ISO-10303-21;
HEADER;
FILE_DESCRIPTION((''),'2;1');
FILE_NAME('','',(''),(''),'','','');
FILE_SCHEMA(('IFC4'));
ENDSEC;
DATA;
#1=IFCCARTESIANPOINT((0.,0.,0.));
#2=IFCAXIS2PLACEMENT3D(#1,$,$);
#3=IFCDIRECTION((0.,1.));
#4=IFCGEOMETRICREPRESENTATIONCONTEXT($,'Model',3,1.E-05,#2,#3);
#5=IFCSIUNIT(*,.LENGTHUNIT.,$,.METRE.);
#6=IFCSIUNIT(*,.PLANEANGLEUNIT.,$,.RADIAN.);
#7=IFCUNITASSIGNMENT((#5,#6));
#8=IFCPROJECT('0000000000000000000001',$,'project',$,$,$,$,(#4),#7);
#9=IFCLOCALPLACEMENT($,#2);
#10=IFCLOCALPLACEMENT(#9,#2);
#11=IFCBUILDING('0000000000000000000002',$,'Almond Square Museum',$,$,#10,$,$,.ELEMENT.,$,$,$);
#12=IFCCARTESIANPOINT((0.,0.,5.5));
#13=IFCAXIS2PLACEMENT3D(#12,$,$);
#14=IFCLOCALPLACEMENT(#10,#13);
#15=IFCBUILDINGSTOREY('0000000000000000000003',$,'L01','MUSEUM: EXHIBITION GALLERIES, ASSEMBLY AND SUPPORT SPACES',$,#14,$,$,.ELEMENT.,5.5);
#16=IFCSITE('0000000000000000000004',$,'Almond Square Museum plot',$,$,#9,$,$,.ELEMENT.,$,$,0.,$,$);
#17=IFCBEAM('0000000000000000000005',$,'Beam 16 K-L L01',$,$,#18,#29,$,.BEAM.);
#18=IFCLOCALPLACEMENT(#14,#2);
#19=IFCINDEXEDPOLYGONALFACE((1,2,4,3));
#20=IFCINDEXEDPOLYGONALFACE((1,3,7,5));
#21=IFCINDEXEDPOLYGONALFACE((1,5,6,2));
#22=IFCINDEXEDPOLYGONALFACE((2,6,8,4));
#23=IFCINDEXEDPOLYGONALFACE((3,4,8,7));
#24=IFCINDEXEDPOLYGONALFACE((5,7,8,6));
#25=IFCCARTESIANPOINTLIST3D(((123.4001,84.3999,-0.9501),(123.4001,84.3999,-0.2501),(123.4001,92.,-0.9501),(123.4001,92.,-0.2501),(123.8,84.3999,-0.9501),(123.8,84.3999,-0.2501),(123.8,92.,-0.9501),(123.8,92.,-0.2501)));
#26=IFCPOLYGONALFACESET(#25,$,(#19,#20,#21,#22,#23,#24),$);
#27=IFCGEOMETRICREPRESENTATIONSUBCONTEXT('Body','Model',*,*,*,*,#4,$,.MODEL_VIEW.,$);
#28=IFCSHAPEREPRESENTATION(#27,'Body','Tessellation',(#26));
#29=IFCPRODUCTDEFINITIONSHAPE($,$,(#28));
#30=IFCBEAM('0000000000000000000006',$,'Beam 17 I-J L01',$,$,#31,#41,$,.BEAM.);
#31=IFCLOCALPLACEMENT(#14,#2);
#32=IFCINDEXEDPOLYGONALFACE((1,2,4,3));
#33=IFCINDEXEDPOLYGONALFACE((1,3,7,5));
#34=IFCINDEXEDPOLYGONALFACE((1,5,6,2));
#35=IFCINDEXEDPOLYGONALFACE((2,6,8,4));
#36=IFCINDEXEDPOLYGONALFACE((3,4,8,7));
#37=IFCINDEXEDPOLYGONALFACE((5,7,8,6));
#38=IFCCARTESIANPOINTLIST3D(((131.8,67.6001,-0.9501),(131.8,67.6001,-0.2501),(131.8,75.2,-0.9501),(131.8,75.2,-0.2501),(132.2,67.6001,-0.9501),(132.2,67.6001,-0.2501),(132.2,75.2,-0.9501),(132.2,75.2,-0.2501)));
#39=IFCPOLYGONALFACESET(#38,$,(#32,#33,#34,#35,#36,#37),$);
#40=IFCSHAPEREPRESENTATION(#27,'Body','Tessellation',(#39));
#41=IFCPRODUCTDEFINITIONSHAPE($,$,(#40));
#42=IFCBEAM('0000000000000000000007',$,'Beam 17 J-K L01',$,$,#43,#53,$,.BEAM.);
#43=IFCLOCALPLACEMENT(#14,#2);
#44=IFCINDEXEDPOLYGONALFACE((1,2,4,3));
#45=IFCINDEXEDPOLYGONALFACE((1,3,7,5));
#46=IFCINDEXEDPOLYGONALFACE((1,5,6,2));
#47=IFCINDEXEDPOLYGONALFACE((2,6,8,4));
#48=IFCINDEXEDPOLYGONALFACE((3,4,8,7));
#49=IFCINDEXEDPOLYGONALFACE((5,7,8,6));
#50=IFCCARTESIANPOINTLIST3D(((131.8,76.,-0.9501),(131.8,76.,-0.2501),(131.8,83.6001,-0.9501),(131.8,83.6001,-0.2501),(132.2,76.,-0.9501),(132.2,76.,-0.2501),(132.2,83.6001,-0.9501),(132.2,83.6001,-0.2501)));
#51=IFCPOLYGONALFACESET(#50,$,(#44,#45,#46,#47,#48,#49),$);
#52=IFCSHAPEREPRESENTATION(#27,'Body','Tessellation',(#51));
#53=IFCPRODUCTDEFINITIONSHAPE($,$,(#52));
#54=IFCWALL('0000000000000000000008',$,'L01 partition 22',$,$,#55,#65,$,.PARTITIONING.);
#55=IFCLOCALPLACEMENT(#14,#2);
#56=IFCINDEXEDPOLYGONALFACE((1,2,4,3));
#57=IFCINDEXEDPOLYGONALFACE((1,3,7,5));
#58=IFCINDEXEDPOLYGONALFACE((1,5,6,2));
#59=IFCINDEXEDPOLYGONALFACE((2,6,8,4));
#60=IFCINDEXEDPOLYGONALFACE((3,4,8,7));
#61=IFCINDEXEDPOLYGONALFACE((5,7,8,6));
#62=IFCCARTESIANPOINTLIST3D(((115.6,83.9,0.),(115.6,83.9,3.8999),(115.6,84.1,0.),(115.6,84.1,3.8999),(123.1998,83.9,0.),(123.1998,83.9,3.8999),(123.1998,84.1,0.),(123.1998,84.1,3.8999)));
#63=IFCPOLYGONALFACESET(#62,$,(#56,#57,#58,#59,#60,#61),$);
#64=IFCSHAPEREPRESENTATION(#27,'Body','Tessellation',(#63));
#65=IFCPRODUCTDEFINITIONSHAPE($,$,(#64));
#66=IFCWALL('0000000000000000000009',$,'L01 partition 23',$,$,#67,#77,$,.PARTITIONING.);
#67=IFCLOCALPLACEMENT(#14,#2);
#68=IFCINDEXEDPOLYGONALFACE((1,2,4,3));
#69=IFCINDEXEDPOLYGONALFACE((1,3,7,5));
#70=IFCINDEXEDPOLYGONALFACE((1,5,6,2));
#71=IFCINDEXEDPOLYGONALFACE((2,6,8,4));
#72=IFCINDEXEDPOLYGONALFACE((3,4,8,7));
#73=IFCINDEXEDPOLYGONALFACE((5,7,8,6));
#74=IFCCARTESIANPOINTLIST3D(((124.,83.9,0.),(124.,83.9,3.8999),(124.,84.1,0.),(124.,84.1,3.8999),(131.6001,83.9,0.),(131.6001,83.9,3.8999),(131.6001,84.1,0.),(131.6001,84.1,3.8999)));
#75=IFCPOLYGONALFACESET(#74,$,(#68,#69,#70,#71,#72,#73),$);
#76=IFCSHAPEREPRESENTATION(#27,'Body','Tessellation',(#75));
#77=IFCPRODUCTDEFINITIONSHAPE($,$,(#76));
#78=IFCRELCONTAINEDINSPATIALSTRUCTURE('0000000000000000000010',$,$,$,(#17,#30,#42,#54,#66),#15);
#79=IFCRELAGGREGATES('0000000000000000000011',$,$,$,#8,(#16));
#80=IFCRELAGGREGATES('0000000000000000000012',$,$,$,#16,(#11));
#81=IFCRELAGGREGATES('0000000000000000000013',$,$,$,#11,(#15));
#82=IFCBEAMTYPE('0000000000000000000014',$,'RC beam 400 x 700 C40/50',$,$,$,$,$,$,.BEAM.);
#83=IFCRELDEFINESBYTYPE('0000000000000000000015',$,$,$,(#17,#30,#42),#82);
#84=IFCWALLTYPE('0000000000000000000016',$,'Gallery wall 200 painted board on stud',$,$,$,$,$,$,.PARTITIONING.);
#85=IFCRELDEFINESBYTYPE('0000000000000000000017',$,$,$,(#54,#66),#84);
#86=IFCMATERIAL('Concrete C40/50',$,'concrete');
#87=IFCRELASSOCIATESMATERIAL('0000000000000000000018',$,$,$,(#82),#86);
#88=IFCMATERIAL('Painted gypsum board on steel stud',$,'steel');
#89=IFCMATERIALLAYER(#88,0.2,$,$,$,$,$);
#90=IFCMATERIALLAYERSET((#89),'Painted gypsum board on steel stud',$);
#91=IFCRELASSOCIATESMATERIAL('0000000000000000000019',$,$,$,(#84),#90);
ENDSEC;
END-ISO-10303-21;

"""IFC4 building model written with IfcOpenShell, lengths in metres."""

from ifc_helpers import new_model, si_unit, direction, frame, frame_2d, origin, origin_2d, place, context, subcontext, project, spatial, rectangle, extrude, material, layer, layer_set, material_profile, profile_set, type_object, element, save


model = new_model("IFC4")

# Units and contexts
model_context = context("Model", 3, precision=1e-05, world=origin(), true_north=direction((0.0, 1.0)))
body_context = subcontext(model_context, "Body", "Model", "MODEL_VIEW")
ifc_project = project(units=[si_unit("LENGTHUNIT", "METRE"), si_unit("PLANEANGLEUNIT", "RADIAN")], contexts=[model_context])

# Site, building, storey
site_placement = place(None, origin())
site = spatial("IfcSite", under=ifc_project, at=site_placement, Name="Almond Square Museum plot", CompositionType="ELEMENT", RefElevation=0.0)
building_placement = place(site_placement, origin())
building = spatial("IfcBuilding", under=site, at=building_placement, Name="Almond Square Museum", CompositionType="ELEMENT")
storey_placement = place(building_placement, frame((0.0, 0.0, 5.5)))
storey = spatial("IfcBuildingStorey", under=building, at=storey_placement, Name="L01", Description="MUSEUM: EXHIBITION GALLERIES, ASSEMBLY AND SUPPORT SPACES", CompositionType="ELEMENT", Elevation=5.5)

# Beams
ifc_material_1 = material(Name="Concrete C40/50", Category="concrete")
ifc_material_profile_1 = material_profile(ifc_material_1, rectangle(XDim=0.3999, YDim=0.7, at=origin_2d()))
ifc_profile_set_1 = profile_set([ifc_material_profile_1], Name="Concrete C40/50")
beam_type = type_object("IfcBeamType", Name="RC beam 400 x 700 C40/50", PredefinedType="BEAM", material=ifc_profile_set_1)
for number, where, z_axis, x_axis, name in (
    (1, (123.6001, 84.3999, -0.6001), (0.0, 1.0, 0.0), (-1.0, 0.0, 0.0), "Beam 16 K-L L01"),
):
    element("IfcBeam", number, at=place(storey_placement, frame(where, z_axis=z_axis, x_axis=x_axis)), inside=storey, type_object=beam_type, Name=name, PredefinedType="BEAM", context=body_context, shape_type="SweptSolid", body=[
        extrude(rectangle(XDim=0.3999, YDim=0.7, at=origin_2d()), origin(), (0.0, 0.0, 1.0), 7.6001),
    ])
beam_1_placement = place(storey_placement, frame((132.0, 67.6001, -0.6001), z_axis=(0.0, 1.0, 0.0), x_axis=(-1.0, 0.0, 0.0)))
element("IfcBeam", 2, at=beam_1_placement, inside=storey, type_object=beam_type, Name="Beam 17 I-J L01", PredefinedType="BEAM", context=body_context, shape_type="SweptSolid", body=[
    extrude(rectangle(XDim=0.3999, YDim=0.7, at=origin_2d()), origin(), (0.0, 0.0, 1.0), 7.5999),
])
beam_2_placement = place(storey_placement, frame((132.0, 76.0, -0.6001), z_axis=(0.0, 1.0, 0.0), x_axis=(-1.0, 0.0, 0.0)))
element("IfcBeam", 3, at=beam_2_placement, inside=storey, type_object=beam_type, Name="Beam 17 J-K L01", PredefinedType="BEAM", context=body_context, shape_type="SweptSolid", body=[
    extrude(rectangle(XDim=0.3999, YDim=0.7, at=origin_2d()), origin(), (0.0, 0.0, 1.0), 7.6001),
])

# Walls
ifc_material_2 = material(Name="Painted gypsum board on steel stud", Category="steel")
ifc_layer = layer(ifc_material_2, 0.2)
ifc_layer_set = layer_set([ifc_layer], Name="Painted gypsum board on steel stud")
wall_type = type_object("IfcWallType", Name="Gallery wall 200 painted board on stud", PredefinedType="PARTITIONING", material=ifc_layer_set)
wall_1_placement = place(storey_placement, frame((115.6001, 84.0, 0.0), z_axis=(0.0, 0.0, 1.0), x_axis=(1.0, 0.0, 0.0)))
element("IfcWall", 4, at=wall_1_placement, inside=storey, type_object=wall_type, Name="L01 partition 22", PredefinedType="PARTITIONING", context=body_context, shape_type="SweptSolid", body=[
    extrude(rectangle(XDim=7.5999, YDim=0.2, at=frame_2d((3.7998, 0.0))), origin(), (0.0, 0.0, 1.0), 3.8999),
])
wall_2_placement = place(storey_placement, frame((124.0, 84.0, 0.0), z_axis=(0.0, 0.0, 1.0), x_axis=(1.0, 0.0, 0.0)))
element("IfcWall", 5, at=wall_2_placement, inside=storey, type_object=wall_type, Name="L01 partition 23", PredefinedType="PARTITIONING", context=body_context, shape_type="SweptSolid", body=[
    extrude(rectangle(XDim=7.6001, YDim=0.2, at=frame_2d((3.8, 0.0))), origin(), (0.0, 0.0, 1.0), 3.8999),
])

save(model, "model.ifc")
